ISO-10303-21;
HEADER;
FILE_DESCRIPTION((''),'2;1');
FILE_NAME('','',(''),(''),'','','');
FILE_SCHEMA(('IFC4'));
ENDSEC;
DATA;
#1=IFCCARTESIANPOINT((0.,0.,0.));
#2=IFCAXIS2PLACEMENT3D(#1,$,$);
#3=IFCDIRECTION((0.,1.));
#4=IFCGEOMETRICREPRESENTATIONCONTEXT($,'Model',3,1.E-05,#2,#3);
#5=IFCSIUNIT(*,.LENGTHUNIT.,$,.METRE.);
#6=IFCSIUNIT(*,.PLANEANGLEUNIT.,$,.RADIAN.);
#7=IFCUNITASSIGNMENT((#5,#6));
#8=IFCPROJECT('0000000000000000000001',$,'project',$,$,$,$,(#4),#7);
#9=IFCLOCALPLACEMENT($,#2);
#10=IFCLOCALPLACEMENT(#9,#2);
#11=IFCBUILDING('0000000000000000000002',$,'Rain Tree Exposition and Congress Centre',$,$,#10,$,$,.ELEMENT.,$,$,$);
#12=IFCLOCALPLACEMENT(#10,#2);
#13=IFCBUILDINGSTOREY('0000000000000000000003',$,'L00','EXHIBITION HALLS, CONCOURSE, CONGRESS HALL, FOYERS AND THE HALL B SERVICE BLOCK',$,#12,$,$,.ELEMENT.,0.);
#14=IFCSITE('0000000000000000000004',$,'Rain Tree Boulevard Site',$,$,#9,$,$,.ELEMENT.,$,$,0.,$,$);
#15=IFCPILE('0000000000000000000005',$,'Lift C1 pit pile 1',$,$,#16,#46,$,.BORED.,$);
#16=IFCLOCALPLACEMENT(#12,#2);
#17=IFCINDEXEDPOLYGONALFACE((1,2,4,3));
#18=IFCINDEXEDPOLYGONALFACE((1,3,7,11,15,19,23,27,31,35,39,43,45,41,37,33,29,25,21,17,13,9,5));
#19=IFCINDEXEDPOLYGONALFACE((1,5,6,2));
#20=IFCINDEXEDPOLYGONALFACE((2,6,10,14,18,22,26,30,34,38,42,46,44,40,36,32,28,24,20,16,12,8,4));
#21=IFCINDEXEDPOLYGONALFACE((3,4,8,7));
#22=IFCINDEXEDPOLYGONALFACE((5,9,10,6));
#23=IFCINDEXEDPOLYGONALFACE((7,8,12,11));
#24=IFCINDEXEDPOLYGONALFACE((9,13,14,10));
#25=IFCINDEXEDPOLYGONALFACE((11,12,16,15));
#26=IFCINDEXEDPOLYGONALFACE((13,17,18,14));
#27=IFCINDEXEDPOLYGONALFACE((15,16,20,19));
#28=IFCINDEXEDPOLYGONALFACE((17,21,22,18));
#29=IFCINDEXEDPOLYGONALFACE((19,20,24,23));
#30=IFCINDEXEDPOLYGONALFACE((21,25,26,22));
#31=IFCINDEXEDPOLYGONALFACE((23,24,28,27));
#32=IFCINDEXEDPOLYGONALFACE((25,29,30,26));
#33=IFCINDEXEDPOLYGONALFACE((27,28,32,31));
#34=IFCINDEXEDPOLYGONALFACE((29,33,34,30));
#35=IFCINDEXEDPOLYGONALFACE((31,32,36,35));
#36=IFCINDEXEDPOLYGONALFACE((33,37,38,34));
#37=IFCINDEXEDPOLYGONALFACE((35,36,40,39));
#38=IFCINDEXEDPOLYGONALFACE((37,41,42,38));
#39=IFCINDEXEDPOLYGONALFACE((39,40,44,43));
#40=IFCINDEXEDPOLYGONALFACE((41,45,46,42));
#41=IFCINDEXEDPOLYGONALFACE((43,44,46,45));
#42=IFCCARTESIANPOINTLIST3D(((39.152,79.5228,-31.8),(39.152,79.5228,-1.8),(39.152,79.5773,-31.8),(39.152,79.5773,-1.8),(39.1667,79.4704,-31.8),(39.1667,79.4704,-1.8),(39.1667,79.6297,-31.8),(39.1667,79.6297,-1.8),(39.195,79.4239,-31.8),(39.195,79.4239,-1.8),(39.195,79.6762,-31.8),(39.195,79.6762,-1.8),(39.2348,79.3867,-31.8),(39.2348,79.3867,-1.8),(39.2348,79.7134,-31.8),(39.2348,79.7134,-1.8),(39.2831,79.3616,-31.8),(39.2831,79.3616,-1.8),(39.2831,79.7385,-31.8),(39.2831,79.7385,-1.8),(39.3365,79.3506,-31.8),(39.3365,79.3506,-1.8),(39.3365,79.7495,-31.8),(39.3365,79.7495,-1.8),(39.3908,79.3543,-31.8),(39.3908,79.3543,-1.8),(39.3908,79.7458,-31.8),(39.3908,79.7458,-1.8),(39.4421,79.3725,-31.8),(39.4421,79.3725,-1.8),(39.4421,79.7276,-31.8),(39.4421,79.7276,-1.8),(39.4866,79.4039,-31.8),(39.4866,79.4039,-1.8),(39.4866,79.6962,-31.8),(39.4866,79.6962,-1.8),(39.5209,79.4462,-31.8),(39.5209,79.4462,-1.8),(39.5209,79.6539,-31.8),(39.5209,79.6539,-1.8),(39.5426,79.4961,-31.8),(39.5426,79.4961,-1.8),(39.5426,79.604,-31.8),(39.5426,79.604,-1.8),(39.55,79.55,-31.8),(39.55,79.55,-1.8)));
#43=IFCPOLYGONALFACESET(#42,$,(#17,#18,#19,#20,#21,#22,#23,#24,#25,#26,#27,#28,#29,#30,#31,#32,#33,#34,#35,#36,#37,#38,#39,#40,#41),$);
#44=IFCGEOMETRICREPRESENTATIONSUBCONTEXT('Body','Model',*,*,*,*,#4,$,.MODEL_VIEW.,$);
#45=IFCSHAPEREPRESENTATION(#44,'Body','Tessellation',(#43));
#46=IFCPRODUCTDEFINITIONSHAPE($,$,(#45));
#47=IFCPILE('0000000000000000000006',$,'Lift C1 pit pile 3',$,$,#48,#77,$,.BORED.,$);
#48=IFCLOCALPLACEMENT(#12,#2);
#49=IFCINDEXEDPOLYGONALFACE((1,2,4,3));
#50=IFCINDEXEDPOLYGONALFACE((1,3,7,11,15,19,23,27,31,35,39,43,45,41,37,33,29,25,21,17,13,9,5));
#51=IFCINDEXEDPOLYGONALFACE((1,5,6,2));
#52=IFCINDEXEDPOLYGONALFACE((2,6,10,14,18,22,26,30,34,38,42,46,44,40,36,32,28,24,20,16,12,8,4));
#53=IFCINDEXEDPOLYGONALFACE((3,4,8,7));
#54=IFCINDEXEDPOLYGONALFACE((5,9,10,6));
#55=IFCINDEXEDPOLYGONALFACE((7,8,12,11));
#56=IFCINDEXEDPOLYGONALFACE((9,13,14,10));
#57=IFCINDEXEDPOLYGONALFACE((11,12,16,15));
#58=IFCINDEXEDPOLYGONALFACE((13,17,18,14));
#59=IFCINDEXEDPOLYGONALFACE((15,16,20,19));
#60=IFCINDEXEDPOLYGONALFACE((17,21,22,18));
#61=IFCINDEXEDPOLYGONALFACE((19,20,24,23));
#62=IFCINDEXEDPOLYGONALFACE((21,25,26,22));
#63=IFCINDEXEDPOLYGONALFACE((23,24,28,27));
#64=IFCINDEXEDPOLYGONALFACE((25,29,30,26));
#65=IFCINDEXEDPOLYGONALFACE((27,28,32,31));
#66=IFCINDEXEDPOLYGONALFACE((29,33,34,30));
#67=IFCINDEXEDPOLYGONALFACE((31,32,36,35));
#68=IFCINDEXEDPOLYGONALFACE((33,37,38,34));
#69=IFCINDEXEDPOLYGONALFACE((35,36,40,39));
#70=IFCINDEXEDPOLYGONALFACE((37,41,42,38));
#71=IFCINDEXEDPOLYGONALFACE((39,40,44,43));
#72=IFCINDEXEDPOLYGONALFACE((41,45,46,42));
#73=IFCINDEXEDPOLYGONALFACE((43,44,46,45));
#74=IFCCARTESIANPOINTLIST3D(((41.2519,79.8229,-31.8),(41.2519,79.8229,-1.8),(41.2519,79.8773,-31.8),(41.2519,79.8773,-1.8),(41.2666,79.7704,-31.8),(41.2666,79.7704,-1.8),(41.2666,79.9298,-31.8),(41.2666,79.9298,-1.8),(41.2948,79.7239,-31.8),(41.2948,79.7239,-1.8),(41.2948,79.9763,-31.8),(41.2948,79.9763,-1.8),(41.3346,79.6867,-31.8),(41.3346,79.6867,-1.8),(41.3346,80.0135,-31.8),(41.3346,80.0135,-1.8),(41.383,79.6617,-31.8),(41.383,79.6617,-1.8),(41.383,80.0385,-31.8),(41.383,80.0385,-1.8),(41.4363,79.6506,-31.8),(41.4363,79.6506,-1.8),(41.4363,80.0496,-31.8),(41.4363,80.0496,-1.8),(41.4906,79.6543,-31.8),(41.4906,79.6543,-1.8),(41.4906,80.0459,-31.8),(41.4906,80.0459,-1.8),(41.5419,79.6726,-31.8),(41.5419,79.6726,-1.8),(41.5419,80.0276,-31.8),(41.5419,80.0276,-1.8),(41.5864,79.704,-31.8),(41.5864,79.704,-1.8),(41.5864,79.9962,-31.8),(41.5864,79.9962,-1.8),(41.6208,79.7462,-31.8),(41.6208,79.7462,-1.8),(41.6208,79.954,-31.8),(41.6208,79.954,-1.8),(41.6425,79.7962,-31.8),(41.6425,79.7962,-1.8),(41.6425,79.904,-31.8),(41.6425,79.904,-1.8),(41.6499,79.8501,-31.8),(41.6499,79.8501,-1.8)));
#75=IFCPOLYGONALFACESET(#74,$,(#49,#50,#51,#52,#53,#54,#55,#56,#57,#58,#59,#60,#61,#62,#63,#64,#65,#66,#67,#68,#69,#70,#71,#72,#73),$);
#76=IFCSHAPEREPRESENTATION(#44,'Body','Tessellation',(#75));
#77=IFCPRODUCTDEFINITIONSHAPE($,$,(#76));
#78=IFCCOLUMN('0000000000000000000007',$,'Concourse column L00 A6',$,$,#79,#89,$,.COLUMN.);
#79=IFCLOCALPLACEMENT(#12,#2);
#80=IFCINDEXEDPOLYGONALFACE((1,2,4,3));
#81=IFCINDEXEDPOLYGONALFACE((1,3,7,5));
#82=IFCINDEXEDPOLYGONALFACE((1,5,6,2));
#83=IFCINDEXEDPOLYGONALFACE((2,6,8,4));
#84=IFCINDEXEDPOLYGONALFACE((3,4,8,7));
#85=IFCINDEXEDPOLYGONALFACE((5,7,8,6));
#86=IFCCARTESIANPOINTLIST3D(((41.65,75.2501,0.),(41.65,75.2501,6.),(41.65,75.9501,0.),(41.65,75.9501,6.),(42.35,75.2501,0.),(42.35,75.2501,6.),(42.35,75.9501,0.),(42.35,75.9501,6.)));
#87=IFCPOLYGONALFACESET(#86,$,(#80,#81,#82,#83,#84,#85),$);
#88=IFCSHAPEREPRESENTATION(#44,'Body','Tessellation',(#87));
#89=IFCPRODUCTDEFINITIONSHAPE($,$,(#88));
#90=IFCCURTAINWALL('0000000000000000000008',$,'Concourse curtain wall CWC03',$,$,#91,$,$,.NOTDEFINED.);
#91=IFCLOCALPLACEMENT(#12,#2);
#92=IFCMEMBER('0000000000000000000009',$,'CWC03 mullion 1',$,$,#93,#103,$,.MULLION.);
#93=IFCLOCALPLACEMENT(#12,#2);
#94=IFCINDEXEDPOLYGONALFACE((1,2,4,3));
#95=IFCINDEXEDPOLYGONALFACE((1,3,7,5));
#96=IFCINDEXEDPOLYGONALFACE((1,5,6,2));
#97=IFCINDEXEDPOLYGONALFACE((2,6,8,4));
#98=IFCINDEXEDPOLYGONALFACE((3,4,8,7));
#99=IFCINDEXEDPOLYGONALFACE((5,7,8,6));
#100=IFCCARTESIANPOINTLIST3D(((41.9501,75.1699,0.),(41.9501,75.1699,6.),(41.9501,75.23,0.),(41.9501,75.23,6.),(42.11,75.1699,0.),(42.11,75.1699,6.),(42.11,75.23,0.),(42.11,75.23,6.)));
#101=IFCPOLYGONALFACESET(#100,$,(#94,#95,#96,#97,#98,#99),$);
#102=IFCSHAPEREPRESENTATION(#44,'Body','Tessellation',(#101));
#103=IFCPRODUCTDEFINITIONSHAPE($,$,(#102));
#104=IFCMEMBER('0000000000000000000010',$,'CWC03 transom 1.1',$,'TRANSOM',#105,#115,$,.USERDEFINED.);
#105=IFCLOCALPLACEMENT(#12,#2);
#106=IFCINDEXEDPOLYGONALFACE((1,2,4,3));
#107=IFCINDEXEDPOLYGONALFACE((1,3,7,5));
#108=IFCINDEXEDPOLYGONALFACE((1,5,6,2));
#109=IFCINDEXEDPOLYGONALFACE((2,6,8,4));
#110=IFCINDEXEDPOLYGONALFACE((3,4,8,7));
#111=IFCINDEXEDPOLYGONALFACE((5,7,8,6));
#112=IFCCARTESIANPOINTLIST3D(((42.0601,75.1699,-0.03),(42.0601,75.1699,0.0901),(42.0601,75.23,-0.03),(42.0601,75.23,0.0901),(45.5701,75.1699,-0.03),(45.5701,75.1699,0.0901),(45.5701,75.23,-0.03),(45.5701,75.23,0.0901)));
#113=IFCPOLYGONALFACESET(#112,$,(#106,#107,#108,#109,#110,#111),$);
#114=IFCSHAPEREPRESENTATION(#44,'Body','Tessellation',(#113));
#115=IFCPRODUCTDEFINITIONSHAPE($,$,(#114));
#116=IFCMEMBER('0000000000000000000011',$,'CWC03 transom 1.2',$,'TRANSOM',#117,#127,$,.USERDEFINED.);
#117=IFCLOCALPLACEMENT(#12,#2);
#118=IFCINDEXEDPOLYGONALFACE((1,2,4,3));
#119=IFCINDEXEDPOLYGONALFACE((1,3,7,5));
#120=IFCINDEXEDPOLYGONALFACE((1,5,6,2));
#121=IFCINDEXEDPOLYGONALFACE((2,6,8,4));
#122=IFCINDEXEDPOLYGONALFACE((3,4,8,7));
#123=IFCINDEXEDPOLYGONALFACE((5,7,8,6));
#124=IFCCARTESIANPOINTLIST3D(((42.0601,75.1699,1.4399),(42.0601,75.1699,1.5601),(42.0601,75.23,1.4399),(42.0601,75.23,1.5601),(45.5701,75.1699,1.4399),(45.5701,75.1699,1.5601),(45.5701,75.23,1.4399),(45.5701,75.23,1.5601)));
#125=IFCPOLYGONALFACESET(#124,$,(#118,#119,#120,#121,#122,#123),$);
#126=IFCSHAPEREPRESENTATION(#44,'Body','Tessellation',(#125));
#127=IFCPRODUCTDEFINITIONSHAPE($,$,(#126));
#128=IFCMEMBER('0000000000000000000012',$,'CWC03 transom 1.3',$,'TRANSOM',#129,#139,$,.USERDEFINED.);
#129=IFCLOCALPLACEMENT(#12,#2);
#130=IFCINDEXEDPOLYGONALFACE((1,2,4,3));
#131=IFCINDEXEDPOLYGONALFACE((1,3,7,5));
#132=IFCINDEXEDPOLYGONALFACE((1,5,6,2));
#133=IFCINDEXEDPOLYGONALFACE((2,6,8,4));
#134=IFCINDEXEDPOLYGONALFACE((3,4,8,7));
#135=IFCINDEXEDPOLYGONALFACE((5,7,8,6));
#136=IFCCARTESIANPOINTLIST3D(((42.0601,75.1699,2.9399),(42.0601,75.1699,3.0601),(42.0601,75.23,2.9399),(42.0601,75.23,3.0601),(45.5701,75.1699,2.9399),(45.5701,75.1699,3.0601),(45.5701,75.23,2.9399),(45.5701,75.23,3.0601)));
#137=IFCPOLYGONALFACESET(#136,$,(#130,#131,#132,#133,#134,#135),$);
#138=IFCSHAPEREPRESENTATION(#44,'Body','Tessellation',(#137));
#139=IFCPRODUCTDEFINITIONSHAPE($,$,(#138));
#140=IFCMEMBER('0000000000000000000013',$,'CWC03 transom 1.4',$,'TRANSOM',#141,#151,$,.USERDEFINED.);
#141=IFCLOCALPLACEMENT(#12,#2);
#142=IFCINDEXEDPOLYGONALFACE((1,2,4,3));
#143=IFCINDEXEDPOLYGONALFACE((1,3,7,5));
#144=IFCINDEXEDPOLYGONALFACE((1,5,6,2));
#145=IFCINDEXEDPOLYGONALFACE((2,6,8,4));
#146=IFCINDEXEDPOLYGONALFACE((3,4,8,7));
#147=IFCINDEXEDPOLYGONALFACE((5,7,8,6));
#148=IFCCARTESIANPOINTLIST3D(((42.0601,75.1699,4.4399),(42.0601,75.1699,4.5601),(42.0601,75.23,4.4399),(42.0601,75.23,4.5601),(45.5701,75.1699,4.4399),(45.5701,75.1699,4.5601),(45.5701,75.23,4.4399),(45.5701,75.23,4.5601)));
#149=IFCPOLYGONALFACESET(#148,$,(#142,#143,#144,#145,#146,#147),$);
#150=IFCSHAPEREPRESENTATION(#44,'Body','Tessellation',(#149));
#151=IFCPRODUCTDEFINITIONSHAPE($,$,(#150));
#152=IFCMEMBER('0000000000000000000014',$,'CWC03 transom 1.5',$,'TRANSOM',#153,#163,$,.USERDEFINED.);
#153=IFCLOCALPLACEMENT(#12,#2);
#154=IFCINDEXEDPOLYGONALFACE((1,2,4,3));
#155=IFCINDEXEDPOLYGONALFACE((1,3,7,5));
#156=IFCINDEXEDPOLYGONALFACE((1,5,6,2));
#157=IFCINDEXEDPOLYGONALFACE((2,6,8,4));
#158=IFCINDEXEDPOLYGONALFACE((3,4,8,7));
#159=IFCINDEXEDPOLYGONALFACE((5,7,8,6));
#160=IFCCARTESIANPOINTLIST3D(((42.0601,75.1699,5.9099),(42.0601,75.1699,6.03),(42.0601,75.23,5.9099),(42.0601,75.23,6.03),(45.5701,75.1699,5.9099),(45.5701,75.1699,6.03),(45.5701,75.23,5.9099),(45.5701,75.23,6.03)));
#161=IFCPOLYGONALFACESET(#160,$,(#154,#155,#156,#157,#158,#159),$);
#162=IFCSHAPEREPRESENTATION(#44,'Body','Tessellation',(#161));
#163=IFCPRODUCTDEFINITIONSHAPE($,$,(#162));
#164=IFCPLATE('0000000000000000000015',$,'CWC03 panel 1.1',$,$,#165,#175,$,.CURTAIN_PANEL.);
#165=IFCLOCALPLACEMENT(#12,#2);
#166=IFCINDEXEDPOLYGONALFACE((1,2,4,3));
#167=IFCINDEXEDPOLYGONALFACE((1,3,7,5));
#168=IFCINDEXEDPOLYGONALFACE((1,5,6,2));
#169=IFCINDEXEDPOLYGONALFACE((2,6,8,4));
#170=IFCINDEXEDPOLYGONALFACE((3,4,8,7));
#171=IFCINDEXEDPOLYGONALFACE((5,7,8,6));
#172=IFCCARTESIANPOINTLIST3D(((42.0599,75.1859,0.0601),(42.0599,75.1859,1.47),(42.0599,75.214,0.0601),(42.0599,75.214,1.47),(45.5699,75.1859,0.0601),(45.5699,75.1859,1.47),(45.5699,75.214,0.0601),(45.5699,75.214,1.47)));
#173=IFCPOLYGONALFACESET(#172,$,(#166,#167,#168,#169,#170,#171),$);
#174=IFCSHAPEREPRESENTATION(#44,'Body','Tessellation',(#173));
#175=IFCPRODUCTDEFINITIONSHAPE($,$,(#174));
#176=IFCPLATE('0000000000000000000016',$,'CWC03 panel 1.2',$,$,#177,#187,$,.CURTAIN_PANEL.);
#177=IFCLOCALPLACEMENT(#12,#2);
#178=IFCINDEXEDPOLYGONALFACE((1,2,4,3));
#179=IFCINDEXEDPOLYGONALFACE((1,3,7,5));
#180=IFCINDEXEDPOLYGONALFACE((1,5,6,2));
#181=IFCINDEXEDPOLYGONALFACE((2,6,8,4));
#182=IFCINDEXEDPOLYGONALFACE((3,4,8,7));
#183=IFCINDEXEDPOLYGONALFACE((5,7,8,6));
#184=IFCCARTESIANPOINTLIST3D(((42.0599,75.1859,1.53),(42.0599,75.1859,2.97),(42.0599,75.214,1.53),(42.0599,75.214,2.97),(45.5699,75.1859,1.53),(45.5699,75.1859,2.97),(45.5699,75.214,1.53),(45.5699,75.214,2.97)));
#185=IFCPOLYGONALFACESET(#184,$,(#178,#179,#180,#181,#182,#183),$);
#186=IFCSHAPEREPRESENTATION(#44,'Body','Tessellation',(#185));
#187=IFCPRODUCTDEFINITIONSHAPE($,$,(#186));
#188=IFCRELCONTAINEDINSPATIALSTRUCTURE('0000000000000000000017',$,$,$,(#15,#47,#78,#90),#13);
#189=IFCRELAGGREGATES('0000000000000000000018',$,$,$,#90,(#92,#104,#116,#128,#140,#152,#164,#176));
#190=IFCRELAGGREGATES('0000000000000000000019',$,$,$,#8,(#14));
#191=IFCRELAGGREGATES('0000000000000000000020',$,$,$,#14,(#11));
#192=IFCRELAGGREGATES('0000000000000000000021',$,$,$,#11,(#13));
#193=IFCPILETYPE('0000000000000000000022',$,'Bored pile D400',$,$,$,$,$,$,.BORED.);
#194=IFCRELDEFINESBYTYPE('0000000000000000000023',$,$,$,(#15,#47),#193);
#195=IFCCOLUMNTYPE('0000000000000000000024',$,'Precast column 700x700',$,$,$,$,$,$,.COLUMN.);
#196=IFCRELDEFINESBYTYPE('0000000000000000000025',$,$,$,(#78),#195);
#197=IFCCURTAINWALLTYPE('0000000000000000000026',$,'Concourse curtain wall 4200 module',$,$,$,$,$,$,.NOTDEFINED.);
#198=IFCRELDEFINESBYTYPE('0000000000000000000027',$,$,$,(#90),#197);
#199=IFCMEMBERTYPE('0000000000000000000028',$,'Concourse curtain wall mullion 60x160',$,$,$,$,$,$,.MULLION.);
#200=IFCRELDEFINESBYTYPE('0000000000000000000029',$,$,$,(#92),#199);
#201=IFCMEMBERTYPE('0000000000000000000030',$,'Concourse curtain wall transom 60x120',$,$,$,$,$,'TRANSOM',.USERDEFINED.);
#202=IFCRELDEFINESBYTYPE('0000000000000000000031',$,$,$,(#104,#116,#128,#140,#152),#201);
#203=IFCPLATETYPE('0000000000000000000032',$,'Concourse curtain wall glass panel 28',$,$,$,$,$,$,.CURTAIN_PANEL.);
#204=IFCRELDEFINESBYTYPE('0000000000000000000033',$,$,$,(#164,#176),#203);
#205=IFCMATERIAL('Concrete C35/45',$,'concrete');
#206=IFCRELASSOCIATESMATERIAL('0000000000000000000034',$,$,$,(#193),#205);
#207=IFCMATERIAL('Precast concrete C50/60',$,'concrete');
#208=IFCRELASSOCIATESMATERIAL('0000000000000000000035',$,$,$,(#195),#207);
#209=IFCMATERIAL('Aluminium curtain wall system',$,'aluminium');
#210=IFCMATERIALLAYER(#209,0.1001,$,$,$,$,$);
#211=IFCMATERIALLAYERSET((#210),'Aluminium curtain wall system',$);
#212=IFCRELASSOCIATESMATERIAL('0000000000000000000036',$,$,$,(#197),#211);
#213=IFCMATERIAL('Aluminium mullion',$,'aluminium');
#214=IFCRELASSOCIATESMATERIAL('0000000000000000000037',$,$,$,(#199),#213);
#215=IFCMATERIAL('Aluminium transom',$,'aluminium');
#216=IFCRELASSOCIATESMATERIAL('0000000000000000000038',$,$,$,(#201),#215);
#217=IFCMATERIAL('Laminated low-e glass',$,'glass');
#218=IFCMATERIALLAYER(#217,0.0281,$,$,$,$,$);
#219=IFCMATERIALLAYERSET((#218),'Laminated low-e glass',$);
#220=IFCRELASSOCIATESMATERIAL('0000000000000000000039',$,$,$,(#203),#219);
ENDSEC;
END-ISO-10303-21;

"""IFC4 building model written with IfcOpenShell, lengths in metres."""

from ifc_helpers import new_model, si_unit, direction, frame, origin, origin_2d, place, context, subcontext, project, spatial, rectangle, circle, extrude, material, layer, layer_set, material_profile, profile_set, type_object, element, aggregate, save


model = new_model("IFC4")

# Units and contexts
model_context = context("Model", 3, precision=1e-05, world=origin(), true_north=direction((0.0, 1.0)))
body_context = subcontext(model_context, "Body", "Model", "MODEL_VIEW")
ifc_project = project(units=[si_unit("LENGTHUNIT", "METRE"), si_unit("PLANEANGLEUNIT", "RADIAN")], contexts=[model_context])

# Site, building, storey
site_placement = place(None, origin())
site = spatial("IfcSite", under=ifc_project, at=site_placement, Name="Rain Tree Boulevard Site", CompositionType="ELEMENT", RefElevation=0.0)
building_placement = place(site_placement, origin())
building = spatial("IfcBuilding", under=site, at=building_placement, Name="Rain Tree Exposition and Congress Centre", CompositionType="ELEMENT")
storey_placement = place(building_placement, origin())
storey = spatial("IfcBuildingStorey", under=building, at=storey_placement, Name="L00", Description="EXHIBITION HALLS, CONCOURSE, CONGRESS HALL, FOYERS AND THE HALL B SERVICE BLOCK", CompositionType="ELEMENT", Elevation=0.0)

# Piles
ifc_material_1 = material(Name="Concrete C35/45", Category="concrete")
ifc_material_profile_1 = material_profile(ifc_material_1, circle(Radius=0.2, at=origin_2d()), Name="D400")
ifc_profile_set_1 = profile_set([ifc_material_profile_1], Name="Concrete C35/45")
pile_type = type_object("IfcPileType", Name="Bored pile D400", PredefinedType="BORED", material=ifc_profile_set_1)
for number, where, z_axis, x_axis, name in (
    (1, (39.3501, 79.55, -1.8), (0.0, 0.0, -1.0), (1.0, 0.0, 0.0), "Lift C1 pit pile 1"),
    (2, (41.45, 79.8501, -1.8), (0.0, 0.0, -1.0), (1.0, 0.0, 0.0), "Lift C1 pit pile 3"),
):
    element("IfcPile", number, at=place(storey_placement, frame(where, z_axis=z_axis, x_axis=x_axis)), inside=storey, type_object=pile_type, Name=name, PredefinedType="BORED", context=body_context, shape_type="SweptSolid", body=[
        extrude(circle(Radius=0.2, at=origin_2d()), origin(), (0.0, 0.0, 1.0), 30.0),
    ])

# Column
ifc_material_2 = material(Name="Precast concrete C50/60", Category="concrete")
ifc_material_profile_2 = material_profile(ifc_material_2, rectangle(XDim=0.7, YDim=0.7, at=origin_2d()), Name="RC 700x700")
ifc_profile_set_2 = profile_set([ifc_material_profile_2], Name="Precast concrete C50/60")
column_type = type_object("IfcColumnType", Name="Precast column 700x700", PredefinedType="COLUMN", material=ifc_profile_set_2)
column_placement = place(storey_placement, frame((42.0, 75.6001, 0.0), z_axis=(0.0, 0.0, 1.0), x_axis=(1.0, 0.0, 0.0)))
element("IfcColumn", 3, at=column_placement, inside=storey, type_object=column_type, Name="Concourse column L00 A6", PredefinedType="COLUMN", context=body_context, shape_type="SweptSolid", body=[
    extrude(rectangle(XDim=0.7, YDim=0.7, at=origin_2d()), origin(), (0.0, 0.0, 1.0), 6.0),
])

# Curtain wall, members, plates
ifc_material_3 = material(Name="Aluminium curtain wall system", Category="aluminium")
ifc_layer_1 = layer(ifc_material_3, 0.1001)
ifc_layer_set_1 = layer_set([ifc_layer_1], Name="Aluminium curtain wall system")
curtain_wall_type = type_object("IfcCurtainWallType", Name="Concourse curtain wall 4200 module", PredefinedType="NOTDEFINED", material=ifc_layer_set_1)
curtain_wall_placement = place(storey_placement, origin())
curtain_wall = element("IfcCurtainWall", 4, at=curtain_wall_placement, inside=storey, type_object=curtain_wall_type, Name="Concourse curtain wall CWC03", PredefinedType="NOTDEFINED")
ifc_material_4 = material(Name="Aluminium mullion", Category="aluminium")
ifc_material_profile_3 = material_profile(ifc_material_4, rectangle(XDim=0.0601, YDim=0.1599, at=origin_2d()), Name="AL 60x160")
ifc_profile_set_3 = profile_set([ifc_material_profile_3], Name="Aluminium mullion")
member_type_1 = type_object("IfcMemberType", Name="Concourse curtain wall mullion 60x160", PredefinedType="MULLION", material=ifc_profile_set_3)
member_1_placement = place(storey_placement, frame((42.03, 75.2, 0.0), z_axis=(0.0, 0.0, 1.0), x_axis=(0.0, 1.0, 0.0)))
member_1 = element("IfcMember", 5, at=member_1_placement, type_object=member_type_1, Name="CWC03 mullion 1", PredefinedType="MULLION", context=body_context, shape_type="SweptSolid", body=[
    extrude(rectangle(XDim=0.0601, YDim=0.1599, at=origin_2d()), origin(), (0.0, 0.0, 1.0), 6.0),
])
ifc_material_5 = material(Name="Aluminium transom", Category="aluminium")
ifc_material_profile_4 = material_profile(ifc_material_5, rectangle(XDim=0.0601, YDim=0.1201, at=origin_2d()), Name="AL 60x120")
ifc_profile_set_4 = profile_set([ifc_material_profile_4], Name="Aluminium transom")
member_type_2 = type_object("IfcMemberType", Name="Concourse curtain wall transom 60x120", ElementType="TRANSOM", PredefinedType="USERDEFINED", material=ifc_profile_set_4)
member_2_placement = place(storey_placement, frame((42.0601, 75.2, 0.03), z_axis=(1.0, 0.0, 0.0), x_axis=(0.0, 1.0, 0.0)))
member_2 = element("IfcMember", 6, at=member_2_placement, type_object=member_type_2, Name="CWC03 transom 1.1", ObjectType="TRANSOM", PredefinedType="USERDEFINED", context=body_context, shape_type="SweptSolid", body=[
    extrude(rectangle(XDim=0.0601, YDim=0.1201, at=origin_2d()), origin(), (0.0, 0.0, 1.0), 3.51),
])
member_3_placement = place(storey_placement, frame((42.0601, 75.2, 1.5), z_axis=(1.0, 0.0, 0.0), x_axis=(0.0, 1.0, 0.0)))
member_3 = element("IfcMember", 7, at=member_3_placement, type_object=member_type_2, Name="CWC03 transom 1.2", ObjectType="TRANSOM", PredefinedType="USERDEFINED", context=body_context, shape_type="SweptSolid", body=[
    extrude(rectangle(XDim=0.0601, YDim=0.1201, at=origin_2d()), origin(), (0.0, 0.0, 1.0), 3.51),
])
member_4_placement = place(storey_placement, frame((42.0601, 75.2, 3.0), z_axis=(1.0, 0.0, 0.0), x_axis=(0.0, 1.0, 0.0)))
member_4 = element("IfcMember", 8, at=member_4_placement, type_object=member_type_2, Name="CWC03 transom 1.3", ObjectType="TRANSOM", PredefinedType="USERDEFINED", context=body_context, shape_type="SweptSolid", body=[
    extrude(rectangle(XDim=0.0601, YDim=0.1201, at=origin_2d()), origin(), (0.0, 0.0, 1.0), 3.51),
])
member_5_placement = place(storey_placement, frame((42.0601, 75.2, 4.5), z_axis=(1.0, 0.0, 0.0), x_axis=(0.0, 1.0, 0.0)))
member_5 = element("IfcMember", 9, at=member_5_placement, type_object=member_type_2, Name="CWC03 transom 1.4", ObjectType="TRANSOM", PredefinedType="USERDEFINED", context=body_context, shape_type="SweptSolid", body=[
    extrude(rectangle(XDim=0.0601, YDim=0.1201, at=origin_2d()), origin(), (0.0, 0.0, 1.0), 3.51),
])
member_6_placement = place(storey_placement, frame((42.0601, 75.2, 5.97), z_axis=(1.0, 0.0, 0.0), x_axis=(0.0, 1.0, 0.0)))
member_6 = element("IfcMember", 10, at=member_6_placement, type_object=member_type_2, Name="CWC03 transom 1.5", ObjectType="TRANSOM", PredefinedType="USERDEFINED", context=body_context, shape_type="SweptSolid", body=[
    extrude(rectangle(XDim=0.0601, YDim=0.1201, at=origin_2d()), origin(), (0.0, 0.0, 1.0), 3.51),
])
ifc_material_6 = material(Name="Laminated low-e glass", Category="glass")
ifc_layer_2 = layer(ifc_material_6, 0.0281)
ifc_layer_set_2 = layer_set([ifc_layer_2], Name="Laminated low-e glass")
plate_type = type_object("IfcPlateType", Name="Concourse curtain wall glass panel 28", PredefinedType="CURTAIN_PANEL", material=ifc_layer_set_2)
plate_1_placement = place(storey_placement, frame((43.8149, 75.2, 0.0601), z_axis=(0.0, 0.0, 1.0), x_axis=(1.0, 0.0, 0.0)))
plate_1 = element("IfcPlate", 11, at=plate_1_placement, type_object=plate_type, Name="CWC03 panel 1.1", PredefinedType="CURTAIN_PANEL", context=body_context, shape_type="SweptSolid", body=[
    extrude(rectangle(XDim=3.51, YDim=0.0281, at=origin_2d()), origin(), (0.0, 0.0, 1.0), 1.4099),
])
plate_2_placement = place(storey_placement, frame((43.8149, 75.2, 1.53), z_axis=(0.0, 0.0, 1.0), x_axis=(1.0, 0.0, 0.0)))
plate_2 = element("IfcPlate", 12, at=plate_2_placement, type_object=plate_type, Name="CWC03 panel 1.2", PredefinedType="CURTAIN_PANEL", context=body_context, shape_type="SweptSolid", body=[
    extrude(rectangle(XDim=3.51, YDim=0.0281, at=origin_2d()), origin(), (0.0, 0.0, 1.0), 1.4399),
])
aggregate(curtain_wall, [member_1, member_2, member_3, member_4, member_5, member_6, plate_1, plate_2])

save(model, "model.ifc")
